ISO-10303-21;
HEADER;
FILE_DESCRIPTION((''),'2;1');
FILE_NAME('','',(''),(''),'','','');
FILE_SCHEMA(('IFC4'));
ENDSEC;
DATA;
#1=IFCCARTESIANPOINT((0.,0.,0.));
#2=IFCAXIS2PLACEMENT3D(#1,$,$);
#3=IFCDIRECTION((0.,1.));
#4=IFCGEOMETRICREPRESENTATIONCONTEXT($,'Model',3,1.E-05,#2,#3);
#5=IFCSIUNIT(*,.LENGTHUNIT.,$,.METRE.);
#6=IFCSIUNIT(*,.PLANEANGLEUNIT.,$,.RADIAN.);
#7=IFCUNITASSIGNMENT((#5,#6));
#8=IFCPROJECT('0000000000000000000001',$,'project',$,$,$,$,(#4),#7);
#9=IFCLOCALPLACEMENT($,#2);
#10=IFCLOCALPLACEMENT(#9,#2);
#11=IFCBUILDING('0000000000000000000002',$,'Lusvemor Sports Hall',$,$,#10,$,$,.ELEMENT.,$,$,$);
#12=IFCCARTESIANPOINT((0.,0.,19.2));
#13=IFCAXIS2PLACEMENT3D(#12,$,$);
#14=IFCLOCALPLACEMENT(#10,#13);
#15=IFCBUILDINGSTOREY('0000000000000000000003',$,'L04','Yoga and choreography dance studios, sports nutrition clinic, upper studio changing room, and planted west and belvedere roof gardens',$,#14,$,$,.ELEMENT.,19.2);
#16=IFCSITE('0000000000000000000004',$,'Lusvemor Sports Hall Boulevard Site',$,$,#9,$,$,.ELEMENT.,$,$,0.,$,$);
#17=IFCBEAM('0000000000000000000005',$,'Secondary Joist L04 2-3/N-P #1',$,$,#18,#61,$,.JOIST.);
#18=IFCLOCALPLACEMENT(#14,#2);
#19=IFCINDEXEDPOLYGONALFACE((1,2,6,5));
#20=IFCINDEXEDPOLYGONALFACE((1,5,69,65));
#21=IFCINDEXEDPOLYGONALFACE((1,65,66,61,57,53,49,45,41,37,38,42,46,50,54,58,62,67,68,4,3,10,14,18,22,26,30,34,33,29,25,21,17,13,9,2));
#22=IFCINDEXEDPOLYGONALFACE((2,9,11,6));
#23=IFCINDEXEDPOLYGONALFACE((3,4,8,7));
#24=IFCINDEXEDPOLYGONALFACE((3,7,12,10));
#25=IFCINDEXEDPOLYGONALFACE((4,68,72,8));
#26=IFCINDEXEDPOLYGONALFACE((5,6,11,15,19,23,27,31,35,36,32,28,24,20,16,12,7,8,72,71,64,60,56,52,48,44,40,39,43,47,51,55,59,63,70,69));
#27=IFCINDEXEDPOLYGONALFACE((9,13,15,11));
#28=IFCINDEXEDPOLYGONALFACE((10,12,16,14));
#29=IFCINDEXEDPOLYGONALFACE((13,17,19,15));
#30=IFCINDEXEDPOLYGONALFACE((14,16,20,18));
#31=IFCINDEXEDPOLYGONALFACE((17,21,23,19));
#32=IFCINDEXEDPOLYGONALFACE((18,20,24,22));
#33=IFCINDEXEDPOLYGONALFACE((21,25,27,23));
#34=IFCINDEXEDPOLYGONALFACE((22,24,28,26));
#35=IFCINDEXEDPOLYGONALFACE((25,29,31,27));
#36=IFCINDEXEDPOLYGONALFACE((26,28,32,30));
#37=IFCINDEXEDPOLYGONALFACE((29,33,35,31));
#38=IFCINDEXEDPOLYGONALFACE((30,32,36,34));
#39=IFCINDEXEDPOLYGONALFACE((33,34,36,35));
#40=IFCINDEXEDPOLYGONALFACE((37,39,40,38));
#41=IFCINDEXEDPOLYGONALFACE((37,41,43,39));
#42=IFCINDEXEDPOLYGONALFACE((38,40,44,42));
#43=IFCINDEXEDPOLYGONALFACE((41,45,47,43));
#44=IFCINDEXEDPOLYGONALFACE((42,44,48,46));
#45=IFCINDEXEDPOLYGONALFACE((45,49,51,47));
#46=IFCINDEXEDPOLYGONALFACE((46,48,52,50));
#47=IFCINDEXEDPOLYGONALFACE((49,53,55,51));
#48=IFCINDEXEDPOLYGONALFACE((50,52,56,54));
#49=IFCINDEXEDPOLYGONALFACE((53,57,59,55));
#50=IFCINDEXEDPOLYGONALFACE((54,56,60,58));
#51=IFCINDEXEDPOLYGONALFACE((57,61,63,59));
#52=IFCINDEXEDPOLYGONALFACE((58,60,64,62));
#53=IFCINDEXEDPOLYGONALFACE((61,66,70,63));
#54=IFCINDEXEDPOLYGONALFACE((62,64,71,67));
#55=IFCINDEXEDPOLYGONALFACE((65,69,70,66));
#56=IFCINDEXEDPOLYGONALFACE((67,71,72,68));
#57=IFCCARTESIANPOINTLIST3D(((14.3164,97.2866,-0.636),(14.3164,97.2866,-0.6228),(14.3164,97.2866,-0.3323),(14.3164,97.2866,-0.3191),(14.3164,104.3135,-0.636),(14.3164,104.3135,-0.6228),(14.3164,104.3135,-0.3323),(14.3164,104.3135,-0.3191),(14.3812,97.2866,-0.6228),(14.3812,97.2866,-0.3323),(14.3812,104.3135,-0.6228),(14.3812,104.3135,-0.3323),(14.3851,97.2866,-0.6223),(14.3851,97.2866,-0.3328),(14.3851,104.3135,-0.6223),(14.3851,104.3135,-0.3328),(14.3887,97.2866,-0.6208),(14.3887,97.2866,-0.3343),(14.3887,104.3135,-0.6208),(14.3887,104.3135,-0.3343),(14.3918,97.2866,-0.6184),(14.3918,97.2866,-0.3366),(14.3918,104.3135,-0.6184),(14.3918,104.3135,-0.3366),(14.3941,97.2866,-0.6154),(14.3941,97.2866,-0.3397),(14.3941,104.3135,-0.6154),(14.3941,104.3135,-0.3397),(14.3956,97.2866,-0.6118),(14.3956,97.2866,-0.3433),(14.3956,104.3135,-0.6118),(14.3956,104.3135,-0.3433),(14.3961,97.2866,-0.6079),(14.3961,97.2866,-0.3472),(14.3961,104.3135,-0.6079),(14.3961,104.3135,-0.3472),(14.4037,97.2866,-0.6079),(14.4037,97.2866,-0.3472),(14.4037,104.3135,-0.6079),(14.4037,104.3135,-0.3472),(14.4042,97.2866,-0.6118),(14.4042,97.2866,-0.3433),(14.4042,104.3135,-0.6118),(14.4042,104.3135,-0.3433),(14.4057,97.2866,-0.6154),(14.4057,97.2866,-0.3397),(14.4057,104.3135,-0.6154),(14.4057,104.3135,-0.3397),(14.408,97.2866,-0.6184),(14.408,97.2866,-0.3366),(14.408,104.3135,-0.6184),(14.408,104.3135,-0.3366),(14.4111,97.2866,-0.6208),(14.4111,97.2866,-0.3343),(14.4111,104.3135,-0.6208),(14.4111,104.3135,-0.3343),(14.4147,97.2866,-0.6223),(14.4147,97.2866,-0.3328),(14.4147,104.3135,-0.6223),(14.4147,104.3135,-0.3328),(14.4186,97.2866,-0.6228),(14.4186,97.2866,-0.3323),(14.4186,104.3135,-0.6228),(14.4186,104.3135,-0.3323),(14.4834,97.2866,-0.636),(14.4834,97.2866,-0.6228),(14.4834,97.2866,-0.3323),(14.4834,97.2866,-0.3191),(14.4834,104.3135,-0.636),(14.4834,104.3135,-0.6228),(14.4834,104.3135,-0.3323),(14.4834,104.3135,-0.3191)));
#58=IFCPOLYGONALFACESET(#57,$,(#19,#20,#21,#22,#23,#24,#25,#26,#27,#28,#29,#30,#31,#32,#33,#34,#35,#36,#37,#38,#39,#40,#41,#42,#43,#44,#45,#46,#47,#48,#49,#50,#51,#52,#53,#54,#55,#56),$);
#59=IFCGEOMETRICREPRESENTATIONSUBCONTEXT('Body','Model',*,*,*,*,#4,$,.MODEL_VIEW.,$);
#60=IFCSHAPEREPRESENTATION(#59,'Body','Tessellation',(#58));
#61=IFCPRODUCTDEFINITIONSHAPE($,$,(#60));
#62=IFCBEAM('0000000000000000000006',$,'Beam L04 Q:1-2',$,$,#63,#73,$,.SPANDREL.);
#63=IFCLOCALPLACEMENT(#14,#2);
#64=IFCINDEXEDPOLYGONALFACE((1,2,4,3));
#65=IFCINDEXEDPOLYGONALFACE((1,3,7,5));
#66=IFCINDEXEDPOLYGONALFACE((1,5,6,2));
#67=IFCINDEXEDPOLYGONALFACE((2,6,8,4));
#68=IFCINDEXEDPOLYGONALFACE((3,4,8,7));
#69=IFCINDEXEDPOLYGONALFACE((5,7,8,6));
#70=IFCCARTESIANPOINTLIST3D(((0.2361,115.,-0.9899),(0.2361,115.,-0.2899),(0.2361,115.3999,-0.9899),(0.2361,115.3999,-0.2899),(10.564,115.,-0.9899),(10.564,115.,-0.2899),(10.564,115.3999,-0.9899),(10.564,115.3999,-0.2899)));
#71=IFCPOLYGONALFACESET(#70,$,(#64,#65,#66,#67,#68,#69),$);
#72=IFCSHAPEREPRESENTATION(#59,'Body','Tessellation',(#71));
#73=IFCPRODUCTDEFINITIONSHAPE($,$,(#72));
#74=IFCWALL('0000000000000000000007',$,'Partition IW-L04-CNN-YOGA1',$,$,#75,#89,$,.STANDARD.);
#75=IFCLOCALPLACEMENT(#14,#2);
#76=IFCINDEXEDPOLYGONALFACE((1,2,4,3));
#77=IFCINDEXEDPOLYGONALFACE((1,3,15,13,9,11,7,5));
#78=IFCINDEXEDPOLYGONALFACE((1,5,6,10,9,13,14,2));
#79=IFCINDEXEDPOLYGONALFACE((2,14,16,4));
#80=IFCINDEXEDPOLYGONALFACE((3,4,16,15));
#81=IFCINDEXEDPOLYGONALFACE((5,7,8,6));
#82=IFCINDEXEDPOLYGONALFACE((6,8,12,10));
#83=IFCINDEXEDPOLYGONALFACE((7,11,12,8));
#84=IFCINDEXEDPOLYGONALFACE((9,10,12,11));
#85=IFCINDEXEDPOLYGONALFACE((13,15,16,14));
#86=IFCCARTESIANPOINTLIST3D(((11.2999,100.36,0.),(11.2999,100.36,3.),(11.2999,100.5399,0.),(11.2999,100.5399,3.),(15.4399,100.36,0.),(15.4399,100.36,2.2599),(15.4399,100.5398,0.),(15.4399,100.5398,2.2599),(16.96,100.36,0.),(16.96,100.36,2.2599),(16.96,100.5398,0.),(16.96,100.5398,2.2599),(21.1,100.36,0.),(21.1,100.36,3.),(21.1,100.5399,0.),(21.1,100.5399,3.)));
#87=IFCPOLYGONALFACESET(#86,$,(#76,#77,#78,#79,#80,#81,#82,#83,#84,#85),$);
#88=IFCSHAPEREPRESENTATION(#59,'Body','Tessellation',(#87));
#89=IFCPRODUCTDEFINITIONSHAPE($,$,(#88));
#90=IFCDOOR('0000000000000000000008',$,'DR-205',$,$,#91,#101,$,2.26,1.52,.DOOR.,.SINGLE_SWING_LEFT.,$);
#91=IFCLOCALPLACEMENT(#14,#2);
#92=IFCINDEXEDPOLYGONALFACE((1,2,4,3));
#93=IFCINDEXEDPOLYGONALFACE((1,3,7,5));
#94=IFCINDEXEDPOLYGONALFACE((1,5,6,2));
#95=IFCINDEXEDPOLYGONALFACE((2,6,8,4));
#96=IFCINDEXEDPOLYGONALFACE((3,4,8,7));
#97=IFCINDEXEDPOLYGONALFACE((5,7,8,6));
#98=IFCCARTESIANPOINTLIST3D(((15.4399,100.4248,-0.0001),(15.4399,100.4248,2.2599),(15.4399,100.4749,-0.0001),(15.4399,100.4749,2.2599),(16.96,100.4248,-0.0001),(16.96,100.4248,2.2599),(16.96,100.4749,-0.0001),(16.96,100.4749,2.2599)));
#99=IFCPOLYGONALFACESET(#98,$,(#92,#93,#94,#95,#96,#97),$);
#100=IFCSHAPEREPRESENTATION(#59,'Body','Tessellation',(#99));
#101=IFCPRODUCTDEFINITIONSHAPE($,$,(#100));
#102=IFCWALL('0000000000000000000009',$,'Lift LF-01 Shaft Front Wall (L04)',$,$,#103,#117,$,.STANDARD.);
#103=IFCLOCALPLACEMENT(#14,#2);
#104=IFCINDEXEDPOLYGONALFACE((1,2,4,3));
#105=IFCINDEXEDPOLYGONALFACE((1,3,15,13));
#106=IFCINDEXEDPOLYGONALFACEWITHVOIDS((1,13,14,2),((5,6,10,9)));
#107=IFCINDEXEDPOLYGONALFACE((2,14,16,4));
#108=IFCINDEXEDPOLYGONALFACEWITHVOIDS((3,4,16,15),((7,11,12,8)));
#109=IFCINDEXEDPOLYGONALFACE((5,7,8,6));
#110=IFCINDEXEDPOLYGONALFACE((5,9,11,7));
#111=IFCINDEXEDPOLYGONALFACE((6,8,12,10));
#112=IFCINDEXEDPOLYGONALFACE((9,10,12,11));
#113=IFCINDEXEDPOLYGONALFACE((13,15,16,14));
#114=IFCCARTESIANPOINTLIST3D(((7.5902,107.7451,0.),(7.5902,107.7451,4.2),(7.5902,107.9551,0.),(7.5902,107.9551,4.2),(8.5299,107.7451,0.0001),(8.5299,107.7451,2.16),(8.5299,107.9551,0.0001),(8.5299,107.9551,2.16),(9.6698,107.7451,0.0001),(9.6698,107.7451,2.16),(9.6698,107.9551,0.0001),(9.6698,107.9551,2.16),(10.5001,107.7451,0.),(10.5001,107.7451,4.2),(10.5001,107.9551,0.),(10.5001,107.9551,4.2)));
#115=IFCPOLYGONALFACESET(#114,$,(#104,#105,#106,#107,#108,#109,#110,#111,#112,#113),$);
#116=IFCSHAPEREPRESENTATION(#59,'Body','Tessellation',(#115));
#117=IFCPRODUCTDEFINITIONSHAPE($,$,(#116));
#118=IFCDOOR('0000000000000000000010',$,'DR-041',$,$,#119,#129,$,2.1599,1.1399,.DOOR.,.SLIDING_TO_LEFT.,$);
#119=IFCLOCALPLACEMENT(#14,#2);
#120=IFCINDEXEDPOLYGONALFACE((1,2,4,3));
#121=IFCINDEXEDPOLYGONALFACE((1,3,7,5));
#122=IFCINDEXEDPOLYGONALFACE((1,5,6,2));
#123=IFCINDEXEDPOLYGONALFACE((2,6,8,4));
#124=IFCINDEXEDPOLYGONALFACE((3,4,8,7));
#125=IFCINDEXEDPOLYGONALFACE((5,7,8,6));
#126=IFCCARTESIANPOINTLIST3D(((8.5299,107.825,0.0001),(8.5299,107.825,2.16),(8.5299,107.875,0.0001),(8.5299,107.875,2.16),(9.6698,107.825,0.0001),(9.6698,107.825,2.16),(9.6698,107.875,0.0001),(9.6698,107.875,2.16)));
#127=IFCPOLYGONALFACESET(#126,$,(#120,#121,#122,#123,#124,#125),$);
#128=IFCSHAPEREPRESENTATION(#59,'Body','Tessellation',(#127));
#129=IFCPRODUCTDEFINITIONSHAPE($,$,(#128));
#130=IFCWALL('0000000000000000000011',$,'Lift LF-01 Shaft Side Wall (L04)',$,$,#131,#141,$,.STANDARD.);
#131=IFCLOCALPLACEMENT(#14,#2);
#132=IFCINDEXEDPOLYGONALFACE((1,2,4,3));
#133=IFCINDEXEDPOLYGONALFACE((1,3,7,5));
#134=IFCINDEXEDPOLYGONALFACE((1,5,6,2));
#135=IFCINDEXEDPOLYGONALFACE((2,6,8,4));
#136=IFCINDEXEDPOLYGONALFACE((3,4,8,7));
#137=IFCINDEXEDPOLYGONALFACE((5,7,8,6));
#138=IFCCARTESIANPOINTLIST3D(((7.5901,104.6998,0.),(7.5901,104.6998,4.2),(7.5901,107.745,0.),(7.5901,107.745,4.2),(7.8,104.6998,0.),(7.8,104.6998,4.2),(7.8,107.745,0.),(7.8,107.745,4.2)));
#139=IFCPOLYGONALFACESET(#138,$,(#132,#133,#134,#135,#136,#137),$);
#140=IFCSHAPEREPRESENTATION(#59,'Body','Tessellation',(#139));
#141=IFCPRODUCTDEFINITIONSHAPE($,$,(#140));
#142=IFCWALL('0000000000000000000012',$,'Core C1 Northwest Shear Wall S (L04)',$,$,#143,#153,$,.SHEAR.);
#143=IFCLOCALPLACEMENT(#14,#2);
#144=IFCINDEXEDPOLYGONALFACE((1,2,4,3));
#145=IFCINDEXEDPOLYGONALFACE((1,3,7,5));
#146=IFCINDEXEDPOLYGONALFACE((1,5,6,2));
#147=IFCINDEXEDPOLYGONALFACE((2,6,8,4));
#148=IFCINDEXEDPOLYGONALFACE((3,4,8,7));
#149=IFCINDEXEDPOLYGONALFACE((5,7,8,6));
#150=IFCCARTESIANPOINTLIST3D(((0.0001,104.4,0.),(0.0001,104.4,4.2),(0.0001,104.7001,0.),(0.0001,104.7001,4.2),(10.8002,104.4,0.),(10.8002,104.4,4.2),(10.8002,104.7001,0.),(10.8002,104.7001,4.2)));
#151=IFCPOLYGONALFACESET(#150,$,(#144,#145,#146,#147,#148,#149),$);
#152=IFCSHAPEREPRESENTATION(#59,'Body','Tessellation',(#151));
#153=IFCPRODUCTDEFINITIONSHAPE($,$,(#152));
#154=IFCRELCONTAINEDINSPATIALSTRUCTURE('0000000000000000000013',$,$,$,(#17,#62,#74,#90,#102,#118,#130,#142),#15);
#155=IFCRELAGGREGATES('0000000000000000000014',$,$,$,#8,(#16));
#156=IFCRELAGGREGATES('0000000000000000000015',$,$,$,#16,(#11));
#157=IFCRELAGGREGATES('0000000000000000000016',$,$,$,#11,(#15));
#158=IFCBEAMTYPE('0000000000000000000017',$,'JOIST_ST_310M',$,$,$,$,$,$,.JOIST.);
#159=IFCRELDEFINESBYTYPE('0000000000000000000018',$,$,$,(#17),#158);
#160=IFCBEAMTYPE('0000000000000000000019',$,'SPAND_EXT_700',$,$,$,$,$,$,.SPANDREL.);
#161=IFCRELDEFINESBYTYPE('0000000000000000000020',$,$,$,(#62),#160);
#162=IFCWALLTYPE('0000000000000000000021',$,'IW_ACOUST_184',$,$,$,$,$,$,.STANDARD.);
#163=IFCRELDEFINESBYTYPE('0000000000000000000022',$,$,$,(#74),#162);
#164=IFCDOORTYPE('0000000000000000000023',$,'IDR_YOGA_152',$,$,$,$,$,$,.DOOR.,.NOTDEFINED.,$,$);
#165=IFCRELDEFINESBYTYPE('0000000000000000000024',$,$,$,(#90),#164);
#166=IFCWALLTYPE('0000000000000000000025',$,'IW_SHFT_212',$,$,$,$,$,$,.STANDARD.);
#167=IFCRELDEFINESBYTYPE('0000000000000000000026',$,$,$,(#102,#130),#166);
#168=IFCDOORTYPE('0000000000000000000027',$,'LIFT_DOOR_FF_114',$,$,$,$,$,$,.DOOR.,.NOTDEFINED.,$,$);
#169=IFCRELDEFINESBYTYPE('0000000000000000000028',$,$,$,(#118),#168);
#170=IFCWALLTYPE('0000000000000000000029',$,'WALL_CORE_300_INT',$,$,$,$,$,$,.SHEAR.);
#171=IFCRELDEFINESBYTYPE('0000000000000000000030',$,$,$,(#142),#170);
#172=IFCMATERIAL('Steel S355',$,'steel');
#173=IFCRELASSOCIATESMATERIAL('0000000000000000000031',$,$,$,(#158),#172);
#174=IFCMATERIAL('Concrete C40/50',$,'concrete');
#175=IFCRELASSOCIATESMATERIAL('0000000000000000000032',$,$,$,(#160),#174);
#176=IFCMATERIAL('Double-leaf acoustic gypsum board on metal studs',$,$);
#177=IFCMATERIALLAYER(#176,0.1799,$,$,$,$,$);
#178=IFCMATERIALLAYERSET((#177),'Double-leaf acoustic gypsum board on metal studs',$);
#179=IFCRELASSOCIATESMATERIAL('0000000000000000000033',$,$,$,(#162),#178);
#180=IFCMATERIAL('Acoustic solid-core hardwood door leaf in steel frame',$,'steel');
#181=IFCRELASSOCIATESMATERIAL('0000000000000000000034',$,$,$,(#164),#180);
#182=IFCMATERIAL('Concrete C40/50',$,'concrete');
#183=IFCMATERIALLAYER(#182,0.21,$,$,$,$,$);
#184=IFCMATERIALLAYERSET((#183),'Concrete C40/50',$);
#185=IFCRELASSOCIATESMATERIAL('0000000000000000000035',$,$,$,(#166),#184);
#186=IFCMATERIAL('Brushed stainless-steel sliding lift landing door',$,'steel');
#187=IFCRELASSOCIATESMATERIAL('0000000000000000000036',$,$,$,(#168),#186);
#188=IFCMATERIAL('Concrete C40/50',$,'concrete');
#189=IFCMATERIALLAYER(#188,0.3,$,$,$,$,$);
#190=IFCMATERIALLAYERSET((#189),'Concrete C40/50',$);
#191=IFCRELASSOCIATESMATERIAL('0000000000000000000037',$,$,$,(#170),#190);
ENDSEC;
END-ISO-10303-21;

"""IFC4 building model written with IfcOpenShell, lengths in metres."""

from ifc_helpers import new_model, si_unit, direction, frame, frame_2d, origin, origin_2d, place, context, subcontext, project, spatial, rectangle, i_section, extrude, material, layer, layer_set, material_profile, profile_set, type_object, element, fill, save


model = new_model("IFC4")

# Units and contexts
model_context = context("Model", 3, precision=1e-05, world=origin(), true_north=direction((0.0, 1.0)))
body_context = subcontext(model_context, "Body", "Model", "MODEL_VIEW")
ifc_project = project(units=[si_unit("LENGTHUNIT", "METRE"), si_unit("PLANEANGLEUNIT", "RADIAN")], contexts=[model_context])

# Site, building, storey
site_placement = place(None, origin())
site = spatial("IfcSite", under=ifc_project, at=site_placement, Name="Lusvemor Sports Hall Boulevard Site", CompositionType="ELEMENT", RefElevation=0.0)
building_placement = place(site_placement, origin())
building = spatial("IfcBuilding", under=site, at=building_placement, Name="Lusvemor Sports Hall", CompositionType="ELEMENT")
storey_placement = place(building_placement, frame((0.0, 0.0, 19.2)))
storey = spatial("IfcBuildingStorey", under=building, at=storey_placement, Name="L04", Description="Yoga and choreography dance studios, sports nutrition clinic, upper studio changing room, and planted west and belvedere roof gardens", CompositionType="ELEMENT", Elevation=19.2)

# Beams
ifc_material_1 = material(Name="Steel S355", Category="steel")
ifc_material_profile_1 = material_profile(ifc_material_1, i_section(OverallWidth=0.167, OverallDepth=0.3169, WebThickness=0.0076, FlangeThickness=0.0132, FilletRadius=0.0149, at=origin_2d()), Name="W310x52.0")
ifc_profile_set_1 = profile_set([ifc_material_profile_1], Name="Steel S355")
beam_type_1 = type_object("IfcBeamType", Name="JOIST_ST_310M", PredefinedType="JOIST", material=ifc_profile_set_1)
for number, where, z_axis, x_axis, name in (
    (1, (14.3999, 97.2866, -0.4775), (0.0, 1.0, 0.0), (-1.0, 0.0, 0.0), "Secondary Joist L04 2-3/N-P #1"),
):
    element("IfcBeam", number, at=place(storey_placement, frame(where, z_axis=z_axis, x_axis=x_axis)), inside=storey, type_object=beam_type_1, Name=name, PredefinedType="JOIST", context=body_context, shape_type="SweptSolid", body=[
        extrude(i_section(OverallWidth=0.167, OverallDepth=0.3169, WebThickness=0.0076, FlangeThickness=0.0132, FilletRadius=0.0149, at=origin_2d()), origin(), (0.0, 0.0, 1.0), 7.0269),
    ])
ifc_material_2 = material(Name="Concrete C40/50", Category="concrete")
ifc_material_profile_2 = material_profile(ifc_material_2, rectangle(XDim=0.3999, YDim=0.7, at=origin_2d()), Name="RC400x700")
ifc_profile_set_2 = profile_set([ifc_material_profile_2], Name="Concrete C40/50")
beam_type_2 = type_object("IfcBeamType", Name="SPAND_EXT_700", PredefinedType="SPANDREL", material=ifc_profile_set_2)
beam_1_placement = place(storey_placement, frame((0.2361, 115.2, -0.6399), z_axis=(1.0, 0.0, 0.0), x_axis=(0.0, 1.0, 0.0)))
element("IfcBeam", 2, at=beam_1_placement, inside=storey, type_object=beam_type_2, Name="Beam L04 Q:1-2", PredefinedType="SPANDREL", context=body_context, shape_type="SweptSolid", body=[
    extrude(rectangle(XDim=0.3999, YDim=0.7, at=origin_2d()), origin(), (0.0, 0.0, 1.0), 10.3279),
])

# Walls, openings, doors
ifc_material_3 = material(Name="Double-leaf acoustic gypsum board on metal studs")
ifc_layer_1 = layer(ifc_material_3, 0.1799)
ifc_layer_set_1 = layer_set([ifc_layer_1], Name="Double-leaf acoustic gypsum board on metal studs")
wall_type_1 = type_object("IfcWallType", Name="IW_ACOUST_184", PredefinedType="STANDARD", material=ifc_layer_set_1)
wall_1_placement = place(storey_placement, frame((11.3, 100.45, 0.0), z_axis=(0.0, 0.0, 1.0), x_axis=(1.0, 0.0, 0.0)))
wall_1 = element("IfcWall", 3, at=wall_1_placement, inside=storey, type_object=wall_type_1, Name="Partition IW-L04-CNN-YOGA1", PredefinedType="STANDARD", context=body_context, shape_type="SweptSolid", body=[
    extrude(rectangle(XDim=9.8, YDim=0.1799, at=frame_2d((4.8999, 0.0))), origin(), (0.0, 0.0, 1.0), 3.0),
])
opening_1_placement = place(wall_1_placement, frame((4.1399, 0.0, 0.0)))
opening_1 = element("IfcOpeningElement", 4, at=opening_1_placement, cuts=wall_1, PredefinedType="OPENING", context=body_context, shape_type="SweptSolid", body=[
    extrude(rectangle(XDim=1.52, YDim=2.26, at=frame_2d((0.76, 1.1299))), frame((0.0, 0.0898, 0.0), z_axis=(0.0, -1.0, 0.0), x_axis=(1.0, 0.0, 0.0)), (0.0, 0.0, 1.0), 0.1799),
])
ifc_material_4 = material(Name="Acoustic solid-core hardwood door leaf in steel frame", Category="steel")
door_type_1 = type_object("IfcDoorType", Name="IDR_YOGA_152", OperationType="NOTDEFINED", PredefinedType="DOOR", material=ifc_material_4)
door_1_placement = place(opening_1_placement, origin())
door_1 = element("IfcDoor", 5, at=door_1_placement, inside=storey, type_object=door_type_1, Name="DR-205", OperationType="SINGLE_SWING_LEFT", OverallHeight=2.26, OverallWidth=1.52, PredefinedType="DOOR", context=body_context, shape_type="SweptSolid", body=[
    extrude(rectangle(XDim=1.52, YDim=2.26, at=frame_2d((0.76, 1.1299))), frame((0.0, 0.0249, 0.0), z_axis=(0.0, -1.0, 0.0), x_axis=(1.0, 0.0, 0.0)), (0.0, 0.0, 1.0), 0.05),
])
fill(opening_1, door_1)
ifc_material_5 = material(Name="Concrete C40/50", Category="concrete")
ifc_layer_2 = layer(ifc_material_5, 0.21)
ifc_layer_set_2 = layer_set([ifc_layer_2], Name="Concrete C40/50")
wall_type_2 = type_object("IfcWallType", Name="IW_SHFT_212", PredefinedType="STANDARD", material=ifc_layer_set_2)
wall_2_placement = place(storey_placement, frame((7.5901, 107.8501, 0.0), z_axis=(0.0, 0.0, 1.0), x_axis=(1.0, 0.0, 0.0)))
wall_2 = element("IfcWall", 6, at=wall_2_placement, inside=storey, type_object=wall_type_2, Name="Lift LF-01 Shaft Front Wall (L04)", PredefinedType="STANDARD", context=body_context, shape_type="SweptSolid", body=[
    extrude(rectangle(XDim=2.9099, YDim=0.21, at=frame_2d((1.4551, 0.0))), origin(), (0.0, 0.0, 1.0), 4.2),
])
opening_2_placement = place(wall_2_placement, frame((0.9399, 0.0, 0.0)))
opening_2 = element("IfcOpeningElement", 7, at=opening_2_placement, cuts=wall_2, PredefinedType="OPENING", context=body_context, shape_type="SweptSolid", body=[
    extrude(rectangle(XDim=1.1399, YDim=2.1599, at=frame_2d((0.5698, 1.0801))), frame((0.0, 0.105, 0.0), z_axis=(0.0, -1.0, 0.0), x_axis=(1.0, 0.0, 0.0)), (0.0, 0.0, 1.0), 0.21),
])
ifc_material_6 = material(Name="Brushed stainless-steel sliding lift landing door", Category="steel")
door_type_2 = type_object("IfcDoorType", Name="LIFT_DOOR_FF_114", OperationType="NOTDEFINED", PredefinedType="DOOR", material=ifc_material_6)
door_2_placement = place(opening_2_placement, origin())
door_2 = element("IfcDoor", 8, at=door_2_placement, inside=storey, type_object=door_type_2, Name="DR-041", OperationType="SLIDING_TO_LEFT", OverallHeight=2.1599, OverallWidth=1.1399, PredefinedType="DOOR", context=body_context, shape_type="SweptSolid", body=[
    extrude(rectangle(XDim=1.1399, YDim=2.1599, at=frame_2d((0.5698, 1.0801))), frame((0.0, 0.0249, 0.0), z_axis=(0.0, -1.0, 0.0), x_axis=(1.0, 0.0, 0.0)), (0.0, 0.0, 1.0), 0.05),
])
fill(opening_2, door_2)

# Walls
wall_3_placement = place(storey_placement, frame((7.6951, 104.7, 0.0), z_axis=(0.0, 0.0, 1.0), x_axis=(0.0, 1.0, 0.0)))
element("IfcWall", 9, at=wall_3_placement, inside=storey, type_object=wall_type_2, Name="Lift LF-01 Shaft Side Wall (L04)", PredefinedType="STANDARD", context=body_context, shape_type="SweptSolid", body=[
    extrude(rectangle(XDim=3.0452, YDim=0.21, at=frame_2d((1.5225, 0.0))), origin(), (0.0, 0.0, 1.0), 4.2),
])
ifc_material_7 = material(Name="Concrete C40/50", Category="concrete")
ifc_layer_3 = layer(ifc_material_7, 0.3)
ifc_layer_set_3 = layer_set([ifc_layer_3], Name="Concrete C40/50")
wall_type_3 = type_object("IfcWallType", Name="WALL_CORE_300_INT", PredefinedType="SHEAR", material=ifc_layer_set_3)
wall_4_placement = place(storey_placement, frame((10.8, 104.55, 0.0), z_axis=(0.0, 0.0, 1.0), x_axis=(-1.0, 0.0, 0.0)))
element("IfcWall", 10, at=wall_4_placement, inside=storey, type_object=wall_type_3, Name="Core C1 Northwest Shear Wall S (L04)", PredefinedType="SHEAR", context=body_context, shape_type="SweptSolid", body=[
    extrude(rectangle(XDim=10.8, YDim=0.3, at=frame_2d((5.3999, 0.0))), origin(), (0.0, 0.0, 1.0), 4.2),
])

save(model, "model.ifc")
